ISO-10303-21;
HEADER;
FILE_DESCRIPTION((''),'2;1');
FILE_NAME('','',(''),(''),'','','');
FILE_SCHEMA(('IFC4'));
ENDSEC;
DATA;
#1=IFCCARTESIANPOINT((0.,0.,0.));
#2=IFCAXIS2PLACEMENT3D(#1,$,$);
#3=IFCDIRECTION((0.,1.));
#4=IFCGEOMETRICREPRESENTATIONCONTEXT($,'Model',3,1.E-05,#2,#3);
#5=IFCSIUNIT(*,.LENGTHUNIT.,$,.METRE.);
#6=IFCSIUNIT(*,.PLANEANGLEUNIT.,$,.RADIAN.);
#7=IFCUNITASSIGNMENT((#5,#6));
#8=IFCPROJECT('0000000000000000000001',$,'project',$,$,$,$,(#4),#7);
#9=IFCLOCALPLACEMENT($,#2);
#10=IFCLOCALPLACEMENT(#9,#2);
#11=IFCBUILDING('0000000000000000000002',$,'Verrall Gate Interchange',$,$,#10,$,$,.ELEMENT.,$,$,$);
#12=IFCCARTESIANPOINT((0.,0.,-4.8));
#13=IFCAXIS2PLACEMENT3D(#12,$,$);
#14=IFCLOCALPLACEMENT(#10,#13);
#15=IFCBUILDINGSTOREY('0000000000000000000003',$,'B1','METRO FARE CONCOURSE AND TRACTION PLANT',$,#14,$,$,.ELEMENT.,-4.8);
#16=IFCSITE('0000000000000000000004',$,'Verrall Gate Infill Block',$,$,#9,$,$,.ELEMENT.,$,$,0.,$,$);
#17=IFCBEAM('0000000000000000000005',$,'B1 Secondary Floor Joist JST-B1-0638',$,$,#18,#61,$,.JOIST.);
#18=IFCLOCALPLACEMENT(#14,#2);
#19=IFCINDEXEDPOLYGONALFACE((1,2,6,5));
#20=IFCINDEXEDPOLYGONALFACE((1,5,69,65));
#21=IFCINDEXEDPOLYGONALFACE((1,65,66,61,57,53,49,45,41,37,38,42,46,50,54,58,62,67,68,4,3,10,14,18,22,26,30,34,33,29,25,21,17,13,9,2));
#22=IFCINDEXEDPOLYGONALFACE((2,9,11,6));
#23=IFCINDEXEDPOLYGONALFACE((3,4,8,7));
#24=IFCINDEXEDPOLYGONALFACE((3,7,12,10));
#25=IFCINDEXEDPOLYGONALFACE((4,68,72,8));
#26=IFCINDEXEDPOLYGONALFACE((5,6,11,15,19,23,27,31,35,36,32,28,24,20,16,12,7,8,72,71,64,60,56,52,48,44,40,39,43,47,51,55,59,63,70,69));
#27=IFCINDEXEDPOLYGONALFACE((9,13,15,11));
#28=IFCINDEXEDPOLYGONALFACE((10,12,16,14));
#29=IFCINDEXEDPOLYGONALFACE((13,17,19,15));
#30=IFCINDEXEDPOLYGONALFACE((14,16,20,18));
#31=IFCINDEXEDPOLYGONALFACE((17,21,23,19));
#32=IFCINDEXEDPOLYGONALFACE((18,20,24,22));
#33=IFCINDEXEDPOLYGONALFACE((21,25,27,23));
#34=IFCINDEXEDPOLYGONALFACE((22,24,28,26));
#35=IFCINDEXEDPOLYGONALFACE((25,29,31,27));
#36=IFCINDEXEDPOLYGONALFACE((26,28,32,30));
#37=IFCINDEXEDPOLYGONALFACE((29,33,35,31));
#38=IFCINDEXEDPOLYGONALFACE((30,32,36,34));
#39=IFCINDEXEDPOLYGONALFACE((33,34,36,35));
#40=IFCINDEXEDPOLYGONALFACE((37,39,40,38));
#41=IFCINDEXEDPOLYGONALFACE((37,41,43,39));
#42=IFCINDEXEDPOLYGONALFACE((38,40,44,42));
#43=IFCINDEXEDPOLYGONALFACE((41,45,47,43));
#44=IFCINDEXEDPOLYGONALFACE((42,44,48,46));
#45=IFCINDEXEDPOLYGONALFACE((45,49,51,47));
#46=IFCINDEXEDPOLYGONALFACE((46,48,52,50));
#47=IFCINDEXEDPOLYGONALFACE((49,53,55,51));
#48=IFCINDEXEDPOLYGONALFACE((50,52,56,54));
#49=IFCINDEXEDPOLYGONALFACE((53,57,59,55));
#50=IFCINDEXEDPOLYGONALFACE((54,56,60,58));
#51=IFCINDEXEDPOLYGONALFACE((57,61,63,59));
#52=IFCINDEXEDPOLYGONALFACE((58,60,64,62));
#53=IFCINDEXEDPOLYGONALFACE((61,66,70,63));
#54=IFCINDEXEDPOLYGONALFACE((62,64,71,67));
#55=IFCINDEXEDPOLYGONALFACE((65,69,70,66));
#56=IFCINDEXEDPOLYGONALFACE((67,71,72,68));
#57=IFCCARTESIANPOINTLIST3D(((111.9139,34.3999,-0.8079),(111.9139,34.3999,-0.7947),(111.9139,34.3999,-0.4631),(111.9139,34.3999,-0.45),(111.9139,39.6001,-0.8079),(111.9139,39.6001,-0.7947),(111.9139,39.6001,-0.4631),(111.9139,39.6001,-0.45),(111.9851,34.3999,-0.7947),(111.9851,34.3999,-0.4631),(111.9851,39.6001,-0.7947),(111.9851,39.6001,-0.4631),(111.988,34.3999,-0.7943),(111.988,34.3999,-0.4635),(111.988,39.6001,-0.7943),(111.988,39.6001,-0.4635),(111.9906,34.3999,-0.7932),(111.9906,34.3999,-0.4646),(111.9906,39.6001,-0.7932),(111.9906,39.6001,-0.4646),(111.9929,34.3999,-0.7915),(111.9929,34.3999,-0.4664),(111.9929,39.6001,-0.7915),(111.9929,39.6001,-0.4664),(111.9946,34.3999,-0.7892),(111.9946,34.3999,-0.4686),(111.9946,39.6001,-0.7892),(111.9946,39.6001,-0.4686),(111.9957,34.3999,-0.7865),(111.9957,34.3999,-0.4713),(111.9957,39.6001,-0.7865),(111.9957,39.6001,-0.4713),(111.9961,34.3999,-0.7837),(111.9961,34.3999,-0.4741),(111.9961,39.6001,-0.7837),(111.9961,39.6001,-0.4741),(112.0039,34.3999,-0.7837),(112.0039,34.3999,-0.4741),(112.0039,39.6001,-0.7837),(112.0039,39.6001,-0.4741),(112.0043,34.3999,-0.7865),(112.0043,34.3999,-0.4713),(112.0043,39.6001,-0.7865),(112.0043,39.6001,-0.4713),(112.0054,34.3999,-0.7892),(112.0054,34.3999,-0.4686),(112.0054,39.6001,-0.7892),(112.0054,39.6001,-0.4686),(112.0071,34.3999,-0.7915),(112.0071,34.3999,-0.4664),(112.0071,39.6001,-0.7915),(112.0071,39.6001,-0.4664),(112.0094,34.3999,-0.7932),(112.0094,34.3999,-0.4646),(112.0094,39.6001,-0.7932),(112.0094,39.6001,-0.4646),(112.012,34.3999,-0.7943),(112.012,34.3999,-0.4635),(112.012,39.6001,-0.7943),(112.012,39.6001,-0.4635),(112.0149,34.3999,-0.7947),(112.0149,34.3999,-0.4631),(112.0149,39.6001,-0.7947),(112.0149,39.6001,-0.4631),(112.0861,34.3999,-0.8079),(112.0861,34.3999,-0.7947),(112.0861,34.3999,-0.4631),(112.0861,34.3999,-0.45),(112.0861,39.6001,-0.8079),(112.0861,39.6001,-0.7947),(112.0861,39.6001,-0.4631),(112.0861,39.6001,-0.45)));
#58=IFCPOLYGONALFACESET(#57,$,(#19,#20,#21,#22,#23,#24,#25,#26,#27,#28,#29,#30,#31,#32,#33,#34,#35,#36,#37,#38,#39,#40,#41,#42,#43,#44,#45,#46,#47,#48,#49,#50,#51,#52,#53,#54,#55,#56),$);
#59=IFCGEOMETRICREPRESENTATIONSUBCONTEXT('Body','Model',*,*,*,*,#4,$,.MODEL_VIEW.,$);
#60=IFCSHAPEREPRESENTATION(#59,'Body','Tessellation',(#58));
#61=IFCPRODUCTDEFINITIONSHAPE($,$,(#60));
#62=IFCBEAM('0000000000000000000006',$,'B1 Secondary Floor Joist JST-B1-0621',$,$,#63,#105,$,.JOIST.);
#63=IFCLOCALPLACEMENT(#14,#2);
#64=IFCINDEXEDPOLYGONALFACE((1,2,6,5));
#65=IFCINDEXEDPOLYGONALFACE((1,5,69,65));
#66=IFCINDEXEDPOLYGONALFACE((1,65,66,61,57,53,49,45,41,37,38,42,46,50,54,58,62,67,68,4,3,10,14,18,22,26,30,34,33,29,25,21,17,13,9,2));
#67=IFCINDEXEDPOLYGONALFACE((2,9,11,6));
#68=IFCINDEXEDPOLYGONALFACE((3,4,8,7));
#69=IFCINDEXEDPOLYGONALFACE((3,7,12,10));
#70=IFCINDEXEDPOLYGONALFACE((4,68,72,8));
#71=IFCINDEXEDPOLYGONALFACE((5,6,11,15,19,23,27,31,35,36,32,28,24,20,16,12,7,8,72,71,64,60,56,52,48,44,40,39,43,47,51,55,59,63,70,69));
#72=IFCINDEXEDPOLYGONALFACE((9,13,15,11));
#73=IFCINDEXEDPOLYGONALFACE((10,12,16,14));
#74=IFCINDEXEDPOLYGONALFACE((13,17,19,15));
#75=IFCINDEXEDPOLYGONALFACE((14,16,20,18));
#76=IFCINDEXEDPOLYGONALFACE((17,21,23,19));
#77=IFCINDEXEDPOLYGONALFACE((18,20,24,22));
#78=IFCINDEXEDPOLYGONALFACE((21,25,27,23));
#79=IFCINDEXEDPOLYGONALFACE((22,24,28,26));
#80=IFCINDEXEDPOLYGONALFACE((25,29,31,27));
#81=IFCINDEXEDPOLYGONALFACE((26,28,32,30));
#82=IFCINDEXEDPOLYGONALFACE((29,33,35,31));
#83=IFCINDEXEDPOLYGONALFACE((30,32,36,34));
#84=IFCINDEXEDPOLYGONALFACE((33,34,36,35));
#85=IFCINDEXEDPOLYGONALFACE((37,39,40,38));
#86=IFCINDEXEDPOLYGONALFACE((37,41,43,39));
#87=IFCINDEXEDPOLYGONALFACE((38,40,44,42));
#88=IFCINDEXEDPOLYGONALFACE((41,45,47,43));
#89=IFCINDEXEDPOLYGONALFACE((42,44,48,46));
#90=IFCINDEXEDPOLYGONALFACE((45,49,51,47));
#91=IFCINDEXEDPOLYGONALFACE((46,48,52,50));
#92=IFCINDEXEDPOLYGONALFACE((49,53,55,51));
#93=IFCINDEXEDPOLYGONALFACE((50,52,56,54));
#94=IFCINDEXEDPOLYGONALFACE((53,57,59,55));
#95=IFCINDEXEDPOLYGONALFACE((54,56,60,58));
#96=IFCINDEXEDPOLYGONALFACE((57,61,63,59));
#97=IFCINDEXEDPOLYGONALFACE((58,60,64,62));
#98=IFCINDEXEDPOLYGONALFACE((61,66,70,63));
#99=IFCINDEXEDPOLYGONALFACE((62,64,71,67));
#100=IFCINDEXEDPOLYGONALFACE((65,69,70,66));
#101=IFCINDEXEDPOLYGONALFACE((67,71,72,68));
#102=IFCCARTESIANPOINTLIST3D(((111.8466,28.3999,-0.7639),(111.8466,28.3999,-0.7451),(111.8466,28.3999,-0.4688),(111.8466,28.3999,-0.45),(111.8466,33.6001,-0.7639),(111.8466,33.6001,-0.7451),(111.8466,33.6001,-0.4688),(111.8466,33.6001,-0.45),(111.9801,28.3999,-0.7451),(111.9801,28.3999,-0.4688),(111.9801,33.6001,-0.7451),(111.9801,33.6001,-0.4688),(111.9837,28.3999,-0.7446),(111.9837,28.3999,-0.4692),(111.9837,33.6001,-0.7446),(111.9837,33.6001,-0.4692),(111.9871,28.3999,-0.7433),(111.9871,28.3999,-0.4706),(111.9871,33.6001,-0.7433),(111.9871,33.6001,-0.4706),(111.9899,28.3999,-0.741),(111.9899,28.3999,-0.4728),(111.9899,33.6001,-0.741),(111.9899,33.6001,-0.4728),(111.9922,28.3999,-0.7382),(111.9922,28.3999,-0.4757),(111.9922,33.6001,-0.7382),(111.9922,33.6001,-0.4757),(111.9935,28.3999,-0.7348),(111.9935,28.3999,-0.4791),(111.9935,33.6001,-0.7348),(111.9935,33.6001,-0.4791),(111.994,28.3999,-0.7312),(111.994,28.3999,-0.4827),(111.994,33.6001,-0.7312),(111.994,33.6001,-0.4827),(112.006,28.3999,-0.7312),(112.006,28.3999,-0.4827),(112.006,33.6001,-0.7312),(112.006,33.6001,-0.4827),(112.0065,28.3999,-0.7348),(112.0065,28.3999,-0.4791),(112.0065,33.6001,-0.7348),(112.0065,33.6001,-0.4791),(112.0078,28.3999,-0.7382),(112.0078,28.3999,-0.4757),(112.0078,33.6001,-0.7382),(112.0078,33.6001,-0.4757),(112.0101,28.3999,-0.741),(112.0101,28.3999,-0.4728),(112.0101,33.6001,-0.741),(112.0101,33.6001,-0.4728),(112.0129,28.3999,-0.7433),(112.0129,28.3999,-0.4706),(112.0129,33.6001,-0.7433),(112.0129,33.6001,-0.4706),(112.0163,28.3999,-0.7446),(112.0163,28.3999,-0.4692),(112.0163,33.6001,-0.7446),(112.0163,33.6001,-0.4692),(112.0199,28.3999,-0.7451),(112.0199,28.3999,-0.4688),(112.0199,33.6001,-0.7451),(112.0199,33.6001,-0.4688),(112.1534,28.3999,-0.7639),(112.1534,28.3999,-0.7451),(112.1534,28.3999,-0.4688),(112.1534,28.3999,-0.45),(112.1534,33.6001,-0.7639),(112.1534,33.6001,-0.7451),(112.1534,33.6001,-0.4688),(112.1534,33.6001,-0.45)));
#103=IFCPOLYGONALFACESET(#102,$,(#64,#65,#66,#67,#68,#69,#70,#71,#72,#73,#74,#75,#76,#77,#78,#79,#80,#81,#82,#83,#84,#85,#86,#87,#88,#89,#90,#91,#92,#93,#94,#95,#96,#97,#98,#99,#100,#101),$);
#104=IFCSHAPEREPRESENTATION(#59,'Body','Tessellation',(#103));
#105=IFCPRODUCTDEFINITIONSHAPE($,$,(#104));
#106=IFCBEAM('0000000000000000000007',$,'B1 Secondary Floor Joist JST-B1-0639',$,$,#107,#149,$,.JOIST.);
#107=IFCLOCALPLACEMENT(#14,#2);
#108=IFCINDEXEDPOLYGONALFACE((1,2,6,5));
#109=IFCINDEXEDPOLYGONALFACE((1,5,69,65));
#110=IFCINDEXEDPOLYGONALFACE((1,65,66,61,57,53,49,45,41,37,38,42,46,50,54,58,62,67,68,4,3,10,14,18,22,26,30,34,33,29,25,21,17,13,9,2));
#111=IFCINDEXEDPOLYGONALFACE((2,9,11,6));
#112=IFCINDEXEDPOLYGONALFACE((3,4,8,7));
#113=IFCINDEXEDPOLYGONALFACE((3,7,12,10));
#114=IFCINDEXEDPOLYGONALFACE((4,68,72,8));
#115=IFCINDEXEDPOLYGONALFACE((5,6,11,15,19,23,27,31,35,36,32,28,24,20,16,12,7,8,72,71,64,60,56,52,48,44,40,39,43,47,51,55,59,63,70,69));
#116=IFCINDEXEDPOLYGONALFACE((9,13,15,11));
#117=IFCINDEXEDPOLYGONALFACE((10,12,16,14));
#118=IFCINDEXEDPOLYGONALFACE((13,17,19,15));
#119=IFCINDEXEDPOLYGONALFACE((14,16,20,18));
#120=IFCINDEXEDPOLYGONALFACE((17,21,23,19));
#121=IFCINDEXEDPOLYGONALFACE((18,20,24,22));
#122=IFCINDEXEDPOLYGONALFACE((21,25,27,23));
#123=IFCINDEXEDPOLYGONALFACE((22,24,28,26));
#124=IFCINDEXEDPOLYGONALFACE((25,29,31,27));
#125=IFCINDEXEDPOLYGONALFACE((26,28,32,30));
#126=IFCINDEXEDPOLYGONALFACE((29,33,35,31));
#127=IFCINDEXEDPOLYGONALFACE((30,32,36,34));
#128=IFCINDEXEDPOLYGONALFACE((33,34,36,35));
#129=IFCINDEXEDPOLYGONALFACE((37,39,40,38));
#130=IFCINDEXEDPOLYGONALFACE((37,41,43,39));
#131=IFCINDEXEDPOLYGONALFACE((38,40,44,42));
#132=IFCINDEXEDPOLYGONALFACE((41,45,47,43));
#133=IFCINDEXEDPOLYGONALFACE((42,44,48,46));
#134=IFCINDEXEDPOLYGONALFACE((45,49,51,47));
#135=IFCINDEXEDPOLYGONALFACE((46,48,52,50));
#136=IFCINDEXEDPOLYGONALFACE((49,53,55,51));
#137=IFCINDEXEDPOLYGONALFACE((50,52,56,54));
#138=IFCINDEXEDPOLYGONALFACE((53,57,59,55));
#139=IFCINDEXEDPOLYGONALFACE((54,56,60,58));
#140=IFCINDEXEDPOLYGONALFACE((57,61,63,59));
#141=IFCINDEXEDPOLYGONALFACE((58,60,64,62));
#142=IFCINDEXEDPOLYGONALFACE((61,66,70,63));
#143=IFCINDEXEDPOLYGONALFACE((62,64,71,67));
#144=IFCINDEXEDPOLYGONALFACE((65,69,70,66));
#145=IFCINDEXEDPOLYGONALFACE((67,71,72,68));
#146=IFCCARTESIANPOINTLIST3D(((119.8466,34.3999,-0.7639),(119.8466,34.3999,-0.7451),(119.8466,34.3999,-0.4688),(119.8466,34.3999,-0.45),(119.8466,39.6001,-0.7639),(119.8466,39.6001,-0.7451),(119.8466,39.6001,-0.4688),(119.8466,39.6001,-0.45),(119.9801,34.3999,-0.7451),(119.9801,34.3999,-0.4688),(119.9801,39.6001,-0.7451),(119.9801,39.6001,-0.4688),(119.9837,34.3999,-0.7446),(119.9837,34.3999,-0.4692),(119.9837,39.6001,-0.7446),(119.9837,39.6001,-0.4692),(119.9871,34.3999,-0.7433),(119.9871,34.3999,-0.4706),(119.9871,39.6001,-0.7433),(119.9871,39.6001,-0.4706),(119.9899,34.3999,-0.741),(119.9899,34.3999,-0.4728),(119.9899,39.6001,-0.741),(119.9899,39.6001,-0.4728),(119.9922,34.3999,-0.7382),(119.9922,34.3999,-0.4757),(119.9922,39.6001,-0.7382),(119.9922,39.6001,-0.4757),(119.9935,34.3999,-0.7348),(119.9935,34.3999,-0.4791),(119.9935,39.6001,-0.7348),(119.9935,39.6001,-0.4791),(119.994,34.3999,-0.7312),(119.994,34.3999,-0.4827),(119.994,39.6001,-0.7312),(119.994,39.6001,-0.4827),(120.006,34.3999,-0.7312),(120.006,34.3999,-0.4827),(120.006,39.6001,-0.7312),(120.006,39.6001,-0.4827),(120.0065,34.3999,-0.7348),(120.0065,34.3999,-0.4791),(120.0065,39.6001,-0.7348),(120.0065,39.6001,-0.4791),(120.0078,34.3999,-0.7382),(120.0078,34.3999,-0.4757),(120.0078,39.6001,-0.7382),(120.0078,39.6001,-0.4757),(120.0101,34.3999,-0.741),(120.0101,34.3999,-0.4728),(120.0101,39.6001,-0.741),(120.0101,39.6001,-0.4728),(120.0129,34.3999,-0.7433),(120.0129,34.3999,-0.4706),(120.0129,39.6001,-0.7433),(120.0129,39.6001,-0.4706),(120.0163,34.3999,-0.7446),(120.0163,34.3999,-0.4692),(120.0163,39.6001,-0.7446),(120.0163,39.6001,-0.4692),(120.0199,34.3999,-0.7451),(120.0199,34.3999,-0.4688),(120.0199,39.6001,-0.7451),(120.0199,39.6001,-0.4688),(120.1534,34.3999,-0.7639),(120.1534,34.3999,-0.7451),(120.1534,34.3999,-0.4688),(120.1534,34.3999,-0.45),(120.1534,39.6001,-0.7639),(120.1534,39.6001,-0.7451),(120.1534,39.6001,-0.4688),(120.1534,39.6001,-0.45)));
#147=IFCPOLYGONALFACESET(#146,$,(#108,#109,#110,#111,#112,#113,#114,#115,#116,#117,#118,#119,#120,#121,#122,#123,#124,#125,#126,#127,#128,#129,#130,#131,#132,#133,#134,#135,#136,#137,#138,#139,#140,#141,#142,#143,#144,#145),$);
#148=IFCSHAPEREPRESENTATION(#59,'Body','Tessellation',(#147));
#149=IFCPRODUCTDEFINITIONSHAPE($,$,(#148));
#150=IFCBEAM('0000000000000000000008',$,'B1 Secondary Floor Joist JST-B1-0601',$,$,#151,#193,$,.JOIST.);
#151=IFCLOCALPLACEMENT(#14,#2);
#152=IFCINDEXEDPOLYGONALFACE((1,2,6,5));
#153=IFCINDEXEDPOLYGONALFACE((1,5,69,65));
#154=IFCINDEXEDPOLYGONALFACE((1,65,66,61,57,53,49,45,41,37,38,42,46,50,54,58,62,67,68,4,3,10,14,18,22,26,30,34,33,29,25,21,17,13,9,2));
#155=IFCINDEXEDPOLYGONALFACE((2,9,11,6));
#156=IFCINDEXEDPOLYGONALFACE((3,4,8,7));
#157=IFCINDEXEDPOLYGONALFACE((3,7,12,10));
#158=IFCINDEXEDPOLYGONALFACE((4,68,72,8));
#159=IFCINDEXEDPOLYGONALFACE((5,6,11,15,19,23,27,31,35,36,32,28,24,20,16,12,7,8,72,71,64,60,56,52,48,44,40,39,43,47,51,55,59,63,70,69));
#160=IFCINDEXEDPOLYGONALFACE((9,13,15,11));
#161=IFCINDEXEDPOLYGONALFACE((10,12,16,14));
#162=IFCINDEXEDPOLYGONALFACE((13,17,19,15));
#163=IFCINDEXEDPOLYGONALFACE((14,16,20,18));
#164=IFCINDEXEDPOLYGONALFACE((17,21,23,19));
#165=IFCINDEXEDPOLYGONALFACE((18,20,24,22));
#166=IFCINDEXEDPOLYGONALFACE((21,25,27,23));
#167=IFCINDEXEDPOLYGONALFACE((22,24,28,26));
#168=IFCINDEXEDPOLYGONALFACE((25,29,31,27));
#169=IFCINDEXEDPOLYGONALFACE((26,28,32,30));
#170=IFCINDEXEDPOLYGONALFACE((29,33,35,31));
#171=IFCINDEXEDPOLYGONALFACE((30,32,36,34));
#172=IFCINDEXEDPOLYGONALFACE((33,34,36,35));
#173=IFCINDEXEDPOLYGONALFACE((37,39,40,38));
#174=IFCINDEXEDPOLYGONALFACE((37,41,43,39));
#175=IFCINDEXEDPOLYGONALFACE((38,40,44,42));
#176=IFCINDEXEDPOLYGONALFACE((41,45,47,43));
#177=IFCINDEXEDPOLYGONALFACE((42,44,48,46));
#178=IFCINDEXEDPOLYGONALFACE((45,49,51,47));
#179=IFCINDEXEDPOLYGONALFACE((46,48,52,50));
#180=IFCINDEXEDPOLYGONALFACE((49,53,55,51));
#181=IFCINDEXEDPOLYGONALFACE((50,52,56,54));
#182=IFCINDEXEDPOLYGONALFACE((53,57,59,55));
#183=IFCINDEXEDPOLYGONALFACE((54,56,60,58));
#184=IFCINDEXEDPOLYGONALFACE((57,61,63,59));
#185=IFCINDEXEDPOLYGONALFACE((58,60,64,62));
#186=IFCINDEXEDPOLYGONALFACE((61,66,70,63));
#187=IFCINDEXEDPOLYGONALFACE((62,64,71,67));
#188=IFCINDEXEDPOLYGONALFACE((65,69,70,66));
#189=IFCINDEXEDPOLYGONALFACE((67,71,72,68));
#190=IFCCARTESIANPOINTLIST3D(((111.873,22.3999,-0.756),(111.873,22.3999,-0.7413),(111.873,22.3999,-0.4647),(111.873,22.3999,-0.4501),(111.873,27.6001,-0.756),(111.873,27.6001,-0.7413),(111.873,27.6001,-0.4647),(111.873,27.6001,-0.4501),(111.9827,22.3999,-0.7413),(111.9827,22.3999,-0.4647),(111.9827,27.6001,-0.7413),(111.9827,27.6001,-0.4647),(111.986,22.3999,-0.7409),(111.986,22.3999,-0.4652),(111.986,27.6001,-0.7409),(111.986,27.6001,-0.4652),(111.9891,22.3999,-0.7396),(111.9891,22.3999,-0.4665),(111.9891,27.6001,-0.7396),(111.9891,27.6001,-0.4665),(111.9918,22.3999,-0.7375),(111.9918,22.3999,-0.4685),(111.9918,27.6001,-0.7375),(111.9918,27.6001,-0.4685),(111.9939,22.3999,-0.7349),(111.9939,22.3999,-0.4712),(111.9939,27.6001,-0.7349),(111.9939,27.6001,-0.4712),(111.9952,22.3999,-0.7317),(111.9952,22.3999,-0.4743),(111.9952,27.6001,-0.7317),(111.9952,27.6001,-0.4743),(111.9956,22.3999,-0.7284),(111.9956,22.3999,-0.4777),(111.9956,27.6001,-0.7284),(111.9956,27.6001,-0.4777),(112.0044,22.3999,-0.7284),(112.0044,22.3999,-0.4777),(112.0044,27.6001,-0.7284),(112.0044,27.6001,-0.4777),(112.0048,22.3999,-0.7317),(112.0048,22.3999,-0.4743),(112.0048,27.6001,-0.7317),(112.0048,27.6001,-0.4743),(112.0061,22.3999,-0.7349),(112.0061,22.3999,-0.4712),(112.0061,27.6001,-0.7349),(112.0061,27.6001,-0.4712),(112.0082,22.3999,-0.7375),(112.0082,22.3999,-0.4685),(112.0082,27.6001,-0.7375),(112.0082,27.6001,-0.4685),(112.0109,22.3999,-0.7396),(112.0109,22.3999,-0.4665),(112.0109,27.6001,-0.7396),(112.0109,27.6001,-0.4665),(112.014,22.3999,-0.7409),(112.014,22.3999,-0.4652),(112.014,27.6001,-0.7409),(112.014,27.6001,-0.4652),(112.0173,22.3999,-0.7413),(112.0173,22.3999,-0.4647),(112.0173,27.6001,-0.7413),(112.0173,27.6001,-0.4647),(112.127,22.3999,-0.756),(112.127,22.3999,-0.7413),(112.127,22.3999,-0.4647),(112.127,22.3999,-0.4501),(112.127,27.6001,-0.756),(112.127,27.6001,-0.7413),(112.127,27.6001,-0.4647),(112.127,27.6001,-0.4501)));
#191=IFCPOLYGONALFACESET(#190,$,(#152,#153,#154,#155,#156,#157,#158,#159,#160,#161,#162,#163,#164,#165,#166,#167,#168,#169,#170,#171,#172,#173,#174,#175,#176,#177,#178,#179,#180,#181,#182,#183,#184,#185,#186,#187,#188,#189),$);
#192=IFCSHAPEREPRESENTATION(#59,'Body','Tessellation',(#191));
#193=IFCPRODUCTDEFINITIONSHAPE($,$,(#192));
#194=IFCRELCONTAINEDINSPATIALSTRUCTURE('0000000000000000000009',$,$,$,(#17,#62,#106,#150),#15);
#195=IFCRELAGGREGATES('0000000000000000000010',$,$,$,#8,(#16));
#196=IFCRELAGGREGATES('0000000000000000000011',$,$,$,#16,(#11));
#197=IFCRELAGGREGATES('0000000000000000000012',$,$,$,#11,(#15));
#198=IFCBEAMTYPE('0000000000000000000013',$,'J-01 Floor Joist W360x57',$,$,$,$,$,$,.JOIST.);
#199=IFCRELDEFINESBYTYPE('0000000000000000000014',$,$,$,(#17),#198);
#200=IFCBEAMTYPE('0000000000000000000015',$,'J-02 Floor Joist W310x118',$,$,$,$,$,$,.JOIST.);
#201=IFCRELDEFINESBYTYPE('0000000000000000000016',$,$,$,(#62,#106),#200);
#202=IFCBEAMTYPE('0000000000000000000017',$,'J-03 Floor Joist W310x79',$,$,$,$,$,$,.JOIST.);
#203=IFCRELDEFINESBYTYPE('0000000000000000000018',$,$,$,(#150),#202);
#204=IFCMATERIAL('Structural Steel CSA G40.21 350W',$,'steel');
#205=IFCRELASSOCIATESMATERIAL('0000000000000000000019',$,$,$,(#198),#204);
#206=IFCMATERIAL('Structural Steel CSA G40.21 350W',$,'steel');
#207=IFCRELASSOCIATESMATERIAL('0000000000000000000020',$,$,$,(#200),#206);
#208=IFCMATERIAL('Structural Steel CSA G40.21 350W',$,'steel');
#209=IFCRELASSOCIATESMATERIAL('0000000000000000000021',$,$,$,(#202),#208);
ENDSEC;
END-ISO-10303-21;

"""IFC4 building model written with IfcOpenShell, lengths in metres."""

from ifc_helpers import new_model, si_unit, direction, frame, origin, origin_2d, place, context, subcontext, project, spatial, i_section, extrude, material, material_profile, profile_set, type_object, element, save


model = new_model("IFC4")

# Units and contexts
model_context = context("Model", 3, precision=1e-05, world=origin(), true_north=direction((0.0, 1.0)))
body_context = subcontext(model_context, "Body", "Model", "MODEL_VIEW")
ifc_project = project(units=[si_unit("LENGTHUNIT", "METRE"), si_unit("PLANEANGLEUNIT", "RADIAN")], contexts=[model_context])

# Site, building, storey
site_placement = place(None, origin())
site = spatial("IfcSite", under=ifc_project, at=site_placement, Name="Verrall Gate Infill Block", CompositionType="ELEMENT", RefElevation=0.0)
building_placement = place(site_placement, origin())
building = spatial("IfcBuilding", under=site, at=building_placement, Name="Verrall Gate Interchange", CompositionType="ELEMENT")
storey_placement = place(building_placement, frame((0.0, 0.0, -4.8)))
storey = spatial("IfcBuildingStorey", under=building, at=storey_placement, Name="B1", Description="METRO FARE CONCOURSE AND TRACTION PLANT", CompositionType="ELEMENT", Elevation=-4.8)

# Beams
ifc_material_1 = material(Name="Structural Steel CSA G40.21 350W", Category="steel")
ifc_material_profile_1 = material_profile(ifc_material_1, i_section(OverallWidth=0.1721, OverallDepth=0.3579, WebThickness=0.0078, FlangeThickness=0.0132, FilletRadius=0.011, at=origin_2d()), Name="W360x57")
ifc_profile_set_1 = profile_set([ifc_material_profile_1], Name="Structural Steel CSA G40.21 350W")
beam_type_1 = type_object("IfcBeamType", Name="J-01 Floor Joist W360x57", PredefinedType="JOIST", material=ifc_profile_set_1)
beam_1_placement = place(storey_placement, frame((112.0, 34.3999, -0.6289), z_axis=(0.0, 1.0, 0.0), x_axis=(-1.0, 0.0, 0.0)))
element("IfcBeam", 1, at=beam_1_placement, inside=storey, type_object=beam_type_1, Name="B1 Secondary Floor Joist JST-B1-0638", PredefinedType="JOIST", context=body_context, shape_type="SweptSolid", body=[
    extrude(i_section(OverallWidth=0.1721, OverallDepth=0.3579, WebThickness=0.0078, FlangeThickness=0.0132, FilletRadius=0.011, at=origin_2d()), origin(), (0.0, 0.0, 1.0), 5.2002),
])
ifc_material_2 = material(Name="Structural Steel CSA G40.21 350W", Category="steel")
ifc_material_profile_2 = material_profile(ifc_material_2, i_section(OverallWidth=0.3069, OverallDepth=0.314, WebThickness=0.012, FlangeThickness=0.0188, FilletRadius=0.0139, at=origin_2d()), Name="W310x118")
ifc_profile_set_2 = profile_set([ifc_material_profile_2], Name="Structural Steel CSA G40.21 350W")
beam_type_2 = type_object("IfcBeamType", Name="J-02 Floor Joist W310x118", PredefinedType="JOIST", material=ifc_profile_set_2)
for number, where, z_axis, x_axis, name in (
    (2, (112.0, 28.3999, -0.6069), (0.0, 1.0, 0.0), (-1.0, 0.0, 0.0), "B1 Secondary Floor Joist JST-B1-0621"),
    (3, (120.0, 34.3999, -0.6069), (0.0, 1.0, 0.0), (-1.0, 0.0, 0.0), "B1 Secondary Floor Joist JST-B1-0639"),
):
    element("IfcBeam", number, at=place(storey_placement, frame(where, z_axis=z_axis, x_axis=x_axis)), inside=storey, type_object=beam_type_2, Name=name, PredefinedType="JOIST", context=body_context, shape_type="SweptSolid", body=[
        extrude(i_section(OverallWidth=0.3069, OverallDepth=0.314, WebThickness=0.012, FlangeThickness=0.0188, FilletRadius=0.0139, at=origin_2d()), origin(), (0.0, 0.0, 1.0), 5.2002),
    ])
ifc_material_3 = material(Name="Structural Steel CSA G40.21 350W", Category="steel")
ifc_material_profile_3 = material_profile(ifc_material_3, i_section(OverallWidth=0.2539, OverallDepth=0.3059, WebThickness=0.0088, FlangeThickness=0.0146, FilletRadius=0.0129, at=origin_2d()), Name="W310x79")
ifc_profile_set_3 = profile_set([ifc_material_profile_3], Name="Structural Steel CSA G40.21 350W")
beam_type_3 = type_object("IfcBeamType", Name="J-03 Floor Joist W310x79", PredefinedType="JOIST", material=ifc_profile_set_3)
for number, where, z_axis, x_axis, name in (
    (4, (112.0, 22.3999, -0.603), (0.0, 1.0, 0.0), (-1.0, 0.0, 0.0), "B1 Secondary Floor Joist JST-B1-0601"),
):
    element("IfcBeam", number, at=place(storey_placement, frame(where, z_axis=z_axis, x_axis=x_axis)), inside=storey, type_object=beam_type_3, Name=name, PredefinedType="JOIST", context=body_context, shape_type="SweptSolid", body=[
        extrude(i_section(OverallWidth=0.2539, OverallDepth=0.3059, WebThickness=0.0088, FlangeThickness=0.0146, FilletRadius=0.0129, at=origin_2d()), origin(), (0.0, 0.0, 1.0), 5.2002),
    ])

save(model, "model.ifc")
